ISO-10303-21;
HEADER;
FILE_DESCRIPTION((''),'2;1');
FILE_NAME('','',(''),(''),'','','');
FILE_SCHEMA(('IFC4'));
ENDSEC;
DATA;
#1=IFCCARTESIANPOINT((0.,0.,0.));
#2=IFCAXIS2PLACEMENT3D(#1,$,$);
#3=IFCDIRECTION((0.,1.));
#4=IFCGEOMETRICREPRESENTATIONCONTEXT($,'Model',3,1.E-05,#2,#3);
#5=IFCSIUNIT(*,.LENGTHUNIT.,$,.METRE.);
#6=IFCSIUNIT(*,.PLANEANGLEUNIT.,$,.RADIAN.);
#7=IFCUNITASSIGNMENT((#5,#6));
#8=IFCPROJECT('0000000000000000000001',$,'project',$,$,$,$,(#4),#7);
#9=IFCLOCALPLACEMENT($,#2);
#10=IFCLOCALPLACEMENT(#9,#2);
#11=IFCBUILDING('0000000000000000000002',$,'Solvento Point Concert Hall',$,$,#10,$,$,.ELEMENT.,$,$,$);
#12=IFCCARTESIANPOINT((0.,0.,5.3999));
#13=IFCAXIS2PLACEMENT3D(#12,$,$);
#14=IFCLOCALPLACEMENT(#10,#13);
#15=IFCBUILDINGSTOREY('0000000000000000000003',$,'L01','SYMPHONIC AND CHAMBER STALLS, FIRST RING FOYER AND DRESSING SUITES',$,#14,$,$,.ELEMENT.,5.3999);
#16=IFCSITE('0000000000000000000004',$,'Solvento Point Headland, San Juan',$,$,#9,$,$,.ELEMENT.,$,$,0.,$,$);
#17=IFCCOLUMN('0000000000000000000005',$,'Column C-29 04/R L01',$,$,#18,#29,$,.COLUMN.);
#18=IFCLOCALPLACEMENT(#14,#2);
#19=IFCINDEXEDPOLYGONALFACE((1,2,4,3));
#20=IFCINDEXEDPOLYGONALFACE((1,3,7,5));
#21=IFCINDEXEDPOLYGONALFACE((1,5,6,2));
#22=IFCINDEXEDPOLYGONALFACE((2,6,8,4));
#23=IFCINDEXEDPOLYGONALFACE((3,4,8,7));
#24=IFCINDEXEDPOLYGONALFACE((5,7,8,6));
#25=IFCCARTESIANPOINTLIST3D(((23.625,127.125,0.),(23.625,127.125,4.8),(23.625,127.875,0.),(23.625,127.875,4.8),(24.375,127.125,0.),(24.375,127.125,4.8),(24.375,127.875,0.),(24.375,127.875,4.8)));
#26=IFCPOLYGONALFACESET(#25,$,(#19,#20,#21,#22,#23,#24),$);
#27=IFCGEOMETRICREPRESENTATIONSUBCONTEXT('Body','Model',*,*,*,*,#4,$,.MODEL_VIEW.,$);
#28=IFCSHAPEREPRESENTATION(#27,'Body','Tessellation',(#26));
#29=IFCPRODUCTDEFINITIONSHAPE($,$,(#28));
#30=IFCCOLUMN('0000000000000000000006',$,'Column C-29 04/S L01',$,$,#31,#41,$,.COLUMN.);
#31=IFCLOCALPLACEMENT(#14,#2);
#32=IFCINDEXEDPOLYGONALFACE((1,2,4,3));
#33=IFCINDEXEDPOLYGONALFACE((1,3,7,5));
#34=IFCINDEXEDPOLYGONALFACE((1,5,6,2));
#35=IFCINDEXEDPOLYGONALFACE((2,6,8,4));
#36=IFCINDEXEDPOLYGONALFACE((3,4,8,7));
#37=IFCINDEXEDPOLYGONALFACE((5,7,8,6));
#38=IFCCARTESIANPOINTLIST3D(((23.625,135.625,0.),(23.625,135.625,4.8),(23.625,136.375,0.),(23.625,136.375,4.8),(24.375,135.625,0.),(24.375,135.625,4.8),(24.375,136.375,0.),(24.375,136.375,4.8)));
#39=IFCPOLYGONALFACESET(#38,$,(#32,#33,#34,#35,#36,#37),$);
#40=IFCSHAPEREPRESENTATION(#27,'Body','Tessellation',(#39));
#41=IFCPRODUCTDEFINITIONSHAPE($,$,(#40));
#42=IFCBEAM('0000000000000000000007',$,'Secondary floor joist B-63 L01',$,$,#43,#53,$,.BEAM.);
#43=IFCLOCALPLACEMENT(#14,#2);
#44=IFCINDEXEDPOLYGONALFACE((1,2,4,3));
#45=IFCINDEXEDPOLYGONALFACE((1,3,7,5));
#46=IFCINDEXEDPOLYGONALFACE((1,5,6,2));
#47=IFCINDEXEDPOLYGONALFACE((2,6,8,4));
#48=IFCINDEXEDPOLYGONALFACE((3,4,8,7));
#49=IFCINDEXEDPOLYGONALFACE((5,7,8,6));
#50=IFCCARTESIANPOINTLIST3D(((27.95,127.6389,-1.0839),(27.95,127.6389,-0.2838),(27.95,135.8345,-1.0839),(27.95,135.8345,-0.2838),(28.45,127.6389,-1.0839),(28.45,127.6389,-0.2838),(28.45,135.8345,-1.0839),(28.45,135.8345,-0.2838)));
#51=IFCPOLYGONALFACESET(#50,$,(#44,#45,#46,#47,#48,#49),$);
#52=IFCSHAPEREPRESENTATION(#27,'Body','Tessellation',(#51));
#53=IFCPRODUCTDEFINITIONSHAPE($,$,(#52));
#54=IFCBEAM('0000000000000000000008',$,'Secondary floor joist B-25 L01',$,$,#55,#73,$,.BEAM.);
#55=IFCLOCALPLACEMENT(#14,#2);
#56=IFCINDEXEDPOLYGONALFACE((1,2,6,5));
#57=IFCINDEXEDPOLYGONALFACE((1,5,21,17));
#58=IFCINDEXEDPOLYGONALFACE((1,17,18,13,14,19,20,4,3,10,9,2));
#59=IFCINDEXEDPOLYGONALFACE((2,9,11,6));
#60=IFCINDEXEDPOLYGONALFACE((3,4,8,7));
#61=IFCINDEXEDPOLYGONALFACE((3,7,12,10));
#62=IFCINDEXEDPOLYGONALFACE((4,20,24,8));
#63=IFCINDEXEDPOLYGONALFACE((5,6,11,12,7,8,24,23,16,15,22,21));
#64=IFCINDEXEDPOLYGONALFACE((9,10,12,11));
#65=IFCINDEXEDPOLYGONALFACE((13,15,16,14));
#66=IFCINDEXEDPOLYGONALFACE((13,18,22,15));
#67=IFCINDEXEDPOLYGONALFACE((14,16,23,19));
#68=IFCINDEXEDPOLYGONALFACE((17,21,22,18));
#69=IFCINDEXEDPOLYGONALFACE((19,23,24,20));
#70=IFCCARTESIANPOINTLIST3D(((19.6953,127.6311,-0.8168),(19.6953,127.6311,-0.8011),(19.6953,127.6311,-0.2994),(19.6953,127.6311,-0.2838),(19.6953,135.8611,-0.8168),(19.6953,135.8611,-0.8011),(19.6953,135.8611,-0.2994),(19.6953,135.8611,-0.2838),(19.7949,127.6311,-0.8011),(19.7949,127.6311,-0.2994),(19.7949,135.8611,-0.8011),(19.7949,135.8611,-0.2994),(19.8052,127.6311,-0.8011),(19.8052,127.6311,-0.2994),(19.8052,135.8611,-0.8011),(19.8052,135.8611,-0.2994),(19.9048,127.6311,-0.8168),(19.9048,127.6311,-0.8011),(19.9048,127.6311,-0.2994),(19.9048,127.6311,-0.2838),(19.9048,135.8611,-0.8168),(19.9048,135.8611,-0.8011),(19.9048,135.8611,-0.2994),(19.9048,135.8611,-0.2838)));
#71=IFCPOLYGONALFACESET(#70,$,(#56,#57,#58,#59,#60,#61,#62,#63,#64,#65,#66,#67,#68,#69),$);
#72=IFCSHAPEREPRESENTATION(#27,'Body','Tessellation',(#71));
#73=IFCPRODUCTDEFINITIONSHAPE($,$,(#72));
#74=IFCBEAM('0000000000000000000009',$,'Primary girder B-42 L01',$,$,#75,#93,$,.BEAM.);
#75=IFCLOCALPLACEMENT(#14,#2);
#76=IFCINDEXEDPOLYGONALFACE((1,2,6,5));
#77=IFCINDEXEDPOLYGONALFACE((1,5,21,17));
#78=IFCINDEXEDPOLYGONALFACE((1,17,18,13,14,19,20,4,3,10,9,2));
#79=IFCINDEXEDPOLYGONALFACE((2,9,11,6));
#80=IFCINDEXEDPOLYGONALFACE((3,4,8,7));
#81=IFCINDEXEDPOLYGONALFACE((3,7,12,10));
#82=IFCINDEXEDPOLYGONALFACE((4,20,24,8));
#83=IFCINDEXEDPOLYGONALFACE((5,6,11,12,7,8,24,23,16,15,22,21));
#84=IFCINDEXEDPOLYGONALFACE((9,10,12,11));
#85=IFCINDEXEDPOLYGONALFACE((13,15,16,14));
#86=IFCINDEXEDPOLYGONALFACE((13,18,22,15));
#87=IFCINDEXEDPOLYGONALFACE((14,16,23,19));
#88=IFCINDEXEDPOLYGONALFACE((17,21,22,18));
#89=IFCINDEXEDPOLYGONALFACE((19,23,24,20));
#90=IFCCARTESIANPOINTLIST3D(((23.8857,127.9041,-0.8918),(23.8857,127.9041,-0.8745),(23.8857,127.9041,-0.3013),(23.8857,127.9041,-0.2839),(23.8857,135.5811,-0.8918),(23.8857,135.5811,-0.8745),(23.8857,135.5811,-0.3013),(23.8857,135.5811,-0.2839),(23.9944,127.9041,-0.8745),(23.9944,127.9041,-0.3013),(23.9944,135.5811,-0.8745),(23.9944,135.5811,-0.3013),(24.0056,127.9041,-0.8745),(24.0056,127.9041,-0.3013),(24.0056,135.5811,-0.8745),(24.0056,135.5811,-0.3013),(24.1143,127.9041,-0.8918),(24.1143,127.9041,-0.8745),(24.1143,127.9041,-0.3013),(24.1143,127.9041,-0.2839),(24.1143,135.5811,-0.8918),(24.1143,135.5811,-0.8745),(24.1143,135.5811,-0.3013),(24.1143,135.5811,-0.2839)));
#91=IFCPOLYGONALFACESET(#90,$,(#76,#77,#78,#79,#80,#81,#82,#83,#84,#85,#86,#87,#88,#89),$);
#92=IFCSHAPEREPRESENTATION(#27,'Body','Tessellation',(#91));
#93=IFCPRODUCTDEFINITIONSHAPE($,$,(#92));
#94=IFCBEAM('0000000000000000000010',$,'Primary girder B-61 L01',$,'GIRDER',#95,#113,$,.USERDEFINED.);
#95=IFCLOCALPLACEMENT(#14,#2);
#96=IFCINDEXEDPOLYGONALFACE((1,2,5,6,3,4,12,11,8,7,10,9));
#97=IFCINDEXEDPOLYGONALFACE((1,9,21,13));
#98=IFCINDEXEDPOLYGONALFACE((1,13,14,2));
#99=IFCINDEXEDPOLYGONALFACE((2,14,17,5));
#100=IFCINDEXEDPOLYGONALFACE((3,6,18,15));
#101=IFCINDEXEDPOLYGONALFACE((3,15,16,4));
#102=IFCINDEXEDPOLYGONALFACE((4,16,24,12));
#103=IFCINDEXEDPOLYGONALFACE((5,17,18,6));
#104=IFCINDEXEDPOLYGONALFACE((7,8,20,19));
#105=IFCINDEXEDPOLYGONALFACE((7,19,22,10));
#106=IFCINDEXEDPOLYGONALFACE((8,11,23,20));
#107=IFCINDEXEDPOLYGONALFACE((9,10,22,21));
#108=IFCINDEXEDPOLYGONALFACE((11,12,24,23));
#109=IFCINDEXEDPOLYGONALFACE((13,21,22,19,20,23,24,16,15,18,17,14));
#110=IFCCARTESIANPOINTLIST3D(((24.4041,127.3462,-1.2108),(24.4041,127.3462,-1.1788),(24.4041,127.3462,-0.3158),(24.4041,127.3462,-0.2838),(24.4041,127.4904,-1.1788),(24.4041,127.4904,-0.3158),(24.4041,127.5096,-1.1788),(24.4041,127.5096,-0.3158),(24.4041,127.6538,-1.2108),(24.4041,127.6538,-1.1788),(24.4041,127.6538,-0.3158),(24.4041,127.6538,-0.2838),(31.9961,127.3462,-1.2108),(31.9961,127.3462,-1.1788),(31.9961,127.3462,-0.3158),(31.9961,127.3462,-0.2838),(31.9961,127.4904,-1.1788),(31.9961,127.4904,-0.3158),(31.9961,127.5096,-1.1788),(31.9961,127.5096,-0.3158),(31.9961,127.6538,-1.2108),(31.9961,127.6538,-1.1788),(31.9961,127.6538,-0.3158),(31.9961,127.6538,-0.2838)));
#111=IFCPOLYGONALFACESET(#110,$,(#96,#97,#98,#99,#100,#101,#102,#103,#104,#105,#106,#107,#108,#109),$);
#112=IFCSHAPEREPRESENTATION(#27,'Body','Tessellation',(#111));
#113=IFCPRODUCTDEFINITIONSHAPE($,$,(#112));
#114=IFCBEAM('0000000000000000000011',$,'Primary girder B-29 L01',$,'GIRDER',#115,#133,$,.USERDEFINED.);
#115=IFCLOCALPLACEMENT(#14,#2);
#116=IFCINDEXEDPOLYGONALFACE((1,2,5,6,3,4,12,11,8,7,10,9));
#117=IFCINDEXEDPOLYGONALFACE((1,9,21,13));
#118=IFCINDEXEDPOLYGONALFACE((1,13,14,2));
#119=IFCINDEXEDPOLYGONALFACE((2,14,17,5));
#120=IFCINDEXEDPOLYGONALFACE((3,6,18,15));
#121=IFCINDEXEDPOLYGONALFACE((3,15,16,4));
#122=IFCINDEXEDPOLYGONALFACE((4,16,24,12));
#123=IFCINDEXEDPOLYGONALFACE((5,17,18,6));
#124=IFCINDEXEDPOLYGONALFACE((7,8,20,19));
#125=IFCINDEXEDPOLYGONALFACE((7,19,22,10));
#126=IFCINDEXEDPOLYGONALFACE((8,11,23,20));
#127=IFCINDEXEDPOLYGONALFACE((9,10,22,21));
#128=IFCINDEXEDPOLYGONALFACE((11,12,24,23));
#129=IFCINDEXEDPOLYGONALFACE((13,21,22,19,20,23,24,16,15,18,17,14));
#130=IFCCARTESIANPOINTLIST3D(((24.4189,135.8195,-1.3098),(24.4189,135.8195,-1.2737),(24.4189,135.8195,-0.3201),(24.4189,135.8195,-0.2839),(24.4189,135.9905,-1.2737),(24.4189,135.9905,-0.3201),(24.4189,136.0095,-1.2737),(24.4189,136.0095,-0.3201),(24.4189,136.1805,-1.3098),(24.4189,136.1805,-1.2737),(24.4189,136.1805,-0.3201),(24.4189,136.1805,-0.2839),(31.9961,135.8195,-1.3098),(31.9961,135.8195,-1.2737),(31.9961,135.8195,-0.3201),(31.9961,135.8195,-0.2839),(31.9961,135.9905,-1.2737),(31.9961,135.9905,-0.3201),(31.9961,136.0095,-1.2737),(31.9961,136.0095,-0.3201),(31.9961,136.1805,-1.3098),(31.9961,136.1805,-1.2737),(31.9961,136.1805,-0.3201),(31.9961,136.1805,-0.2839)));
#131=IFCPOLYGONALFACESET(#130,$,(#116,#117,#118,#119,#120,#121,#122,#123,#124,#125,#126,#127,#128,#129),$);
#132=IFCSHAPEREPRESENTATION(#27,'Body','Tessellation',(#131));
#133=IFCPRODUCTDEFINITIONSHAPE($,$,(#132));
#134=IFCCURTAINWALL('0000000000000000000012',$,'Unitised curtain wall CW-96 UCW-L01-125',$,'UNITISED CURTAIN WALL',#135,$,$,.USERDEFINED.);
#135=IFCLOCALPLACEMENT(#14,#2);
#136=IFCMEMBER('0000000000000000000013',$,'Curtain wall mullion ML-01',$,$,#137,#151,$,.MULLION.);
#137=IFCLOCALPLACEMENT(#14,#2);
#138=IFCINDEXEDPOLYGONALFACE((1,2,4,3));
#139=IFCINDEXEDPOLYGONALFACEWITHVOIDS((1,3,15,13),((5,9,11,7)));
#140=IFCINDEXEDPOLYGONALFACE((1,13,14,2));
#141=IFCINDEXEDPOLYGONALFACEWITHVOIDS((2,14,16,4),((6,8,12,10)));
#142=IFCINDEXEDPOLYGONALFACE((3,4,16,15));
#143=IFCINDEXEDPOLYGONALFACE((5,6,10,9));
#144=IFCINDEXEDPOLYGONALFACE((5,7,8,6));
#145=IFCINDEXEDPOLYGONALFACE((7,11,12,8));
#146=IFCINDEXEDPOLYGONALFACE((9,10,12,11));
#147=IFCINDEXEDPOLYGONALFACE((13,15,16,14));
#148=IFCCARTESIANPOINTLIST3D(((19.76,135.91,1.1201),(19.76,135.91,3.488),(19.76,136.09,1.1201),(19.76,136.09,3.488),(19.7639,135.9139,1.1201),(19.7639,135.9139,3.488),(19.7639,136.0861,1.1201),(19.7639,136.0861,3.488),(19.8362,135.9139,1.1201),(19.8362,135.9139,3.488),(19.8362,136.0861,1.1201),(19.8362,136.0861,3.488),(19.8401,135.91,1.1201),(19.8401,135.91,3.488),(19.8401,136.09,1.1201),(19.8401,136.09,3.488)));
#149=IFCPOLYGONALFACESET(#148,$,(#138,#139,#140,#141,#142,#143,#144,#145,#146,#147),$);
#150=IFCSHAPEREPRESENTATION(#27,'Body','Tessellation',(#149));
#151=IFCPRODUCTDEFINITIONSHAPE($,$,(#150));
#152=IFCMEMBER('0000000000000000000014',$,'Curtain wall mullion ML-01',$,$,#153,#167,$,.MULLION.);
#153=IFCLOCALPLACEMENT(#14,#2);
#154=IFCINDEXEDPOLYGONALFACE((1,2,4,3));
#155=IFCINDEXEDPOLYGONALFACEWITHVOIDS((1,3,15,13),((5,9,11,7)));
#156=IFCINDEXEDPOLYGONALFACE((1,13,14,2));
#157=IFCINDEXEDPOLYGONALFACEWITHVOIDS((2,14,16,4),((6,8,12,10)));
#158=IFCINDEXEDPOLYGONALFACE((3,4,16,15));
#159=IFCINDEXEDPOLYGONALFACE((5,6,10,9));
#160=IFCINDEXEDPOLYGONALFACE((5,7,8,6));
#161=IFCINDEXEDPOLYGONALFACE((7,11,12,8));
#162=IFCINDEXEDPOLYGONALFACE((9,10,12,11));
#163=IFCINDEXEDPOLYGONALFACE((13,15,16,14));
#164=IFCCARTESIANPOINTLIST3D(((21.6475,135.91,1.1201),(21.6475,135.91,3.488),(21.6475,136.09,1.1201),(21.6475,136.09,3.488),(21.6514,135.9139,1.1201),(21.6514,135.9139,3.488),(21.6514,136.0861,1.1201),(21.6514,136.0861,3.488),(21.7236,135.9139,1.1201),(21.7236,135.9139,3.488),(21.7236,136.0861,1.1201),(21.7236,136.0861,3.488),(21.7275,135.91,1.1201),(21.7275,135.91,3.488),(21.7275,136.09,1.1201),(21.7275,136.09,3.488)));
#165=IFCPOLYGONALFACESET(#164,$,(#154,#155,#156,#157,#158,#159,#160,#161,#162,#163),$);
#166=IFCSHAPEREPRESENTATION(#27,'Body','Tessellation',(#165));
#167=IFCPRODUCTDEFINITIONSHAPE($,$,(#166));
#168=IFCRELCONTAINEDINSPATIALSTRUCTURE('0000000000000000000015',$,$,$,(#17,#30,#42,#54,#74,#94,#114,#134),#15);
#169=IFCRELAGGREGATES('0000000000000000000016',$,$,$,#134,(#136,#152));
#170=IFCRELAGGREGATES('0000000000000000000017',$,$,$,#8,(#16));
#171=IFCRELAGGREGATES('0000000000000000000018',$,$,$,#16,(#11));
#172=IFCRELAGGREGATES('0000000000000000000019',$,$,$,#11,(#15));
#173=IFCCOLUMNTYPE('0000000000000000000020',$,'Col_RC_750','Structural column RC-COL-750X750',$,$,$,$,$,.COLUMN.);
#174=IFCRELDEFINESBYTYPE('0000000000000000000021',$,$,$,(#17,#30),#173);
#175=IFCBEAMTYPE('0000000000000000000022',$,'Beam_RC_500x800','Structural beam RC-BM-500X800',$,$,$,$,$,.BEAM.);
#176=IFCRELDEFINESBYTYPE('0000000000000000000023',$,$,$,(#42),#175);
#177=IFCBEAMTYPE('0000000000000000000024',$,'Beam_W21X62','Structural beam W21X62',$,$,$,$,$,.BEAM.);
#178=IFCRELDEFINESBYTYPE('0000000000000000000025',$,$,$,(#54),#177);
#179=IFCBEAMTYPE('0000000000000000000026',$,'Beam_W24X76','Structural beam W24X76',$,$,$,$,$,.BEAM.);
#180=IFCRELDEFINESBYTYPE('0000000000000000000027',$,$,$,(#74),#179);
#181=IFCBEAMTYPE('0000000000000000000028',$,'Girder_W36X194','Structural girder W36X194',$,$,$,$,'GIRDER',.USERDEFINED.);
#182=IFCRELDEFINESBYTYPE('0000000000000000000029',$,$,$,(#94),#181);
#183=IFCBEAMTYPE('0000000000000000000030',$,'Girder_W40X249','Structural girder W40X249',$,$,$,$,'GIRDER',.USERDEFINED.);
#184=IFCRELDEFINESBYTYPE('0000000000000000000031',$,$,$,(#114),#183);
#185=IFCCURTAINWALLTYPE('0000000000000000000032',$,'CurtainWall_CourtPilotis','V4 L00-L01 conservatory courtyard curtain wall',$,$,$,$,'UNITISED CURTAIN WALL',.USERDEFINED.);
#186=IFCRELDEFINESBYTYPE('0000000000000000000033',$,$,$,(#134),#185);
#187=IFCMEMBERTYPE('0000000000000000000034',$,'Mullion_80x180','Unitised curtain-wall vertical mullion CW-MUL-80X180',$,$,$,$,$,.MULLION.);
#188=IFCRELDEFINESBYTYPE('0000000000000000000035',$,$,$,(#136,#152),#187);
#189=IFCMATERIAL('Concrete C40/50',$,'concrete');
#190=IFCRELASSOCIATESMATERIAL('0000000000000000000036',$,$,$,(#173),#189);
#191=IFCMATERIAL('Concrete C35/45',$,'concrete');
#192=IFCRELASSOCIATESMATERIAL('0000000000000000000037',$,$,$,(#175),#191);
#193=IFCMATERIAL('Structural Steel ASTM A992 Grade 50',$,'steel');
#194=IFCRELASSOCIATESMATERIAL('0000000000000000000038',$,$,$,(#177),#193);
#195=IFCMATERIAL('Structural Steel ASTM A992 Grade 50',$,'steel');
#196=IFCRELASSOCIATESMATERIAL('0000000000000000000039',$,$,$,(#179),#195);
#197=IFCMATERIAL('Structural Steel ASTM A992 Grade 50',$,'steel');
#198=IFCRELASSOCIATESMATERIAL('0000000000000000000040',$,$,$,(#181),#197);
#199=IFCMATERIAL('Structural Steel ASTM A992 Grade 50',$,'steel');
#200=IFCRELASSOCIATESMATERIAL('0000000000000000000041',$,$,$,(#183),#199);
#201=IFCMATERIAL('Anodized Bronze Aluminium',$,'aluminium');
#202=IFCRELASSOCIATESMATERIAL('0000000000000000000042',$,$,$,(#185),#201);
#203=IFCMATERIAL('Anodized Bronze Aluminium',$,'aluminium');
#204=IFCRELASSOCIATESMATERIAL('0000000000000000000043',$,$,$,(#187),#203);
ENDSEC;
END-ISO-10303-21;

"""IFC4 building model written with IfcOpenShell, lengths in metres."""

from ifc_helpers import new_model, si_unit, direction, frame, origin, origin_2d, place, context, subcontext, project, spatial, rectangle, hollow_rectangle, i_section, extrude, material, material_profile, profile_set, type_object, element, aggregate, save


model = new_model("IFC4")

# Units and contexts
model_context = context("Model", 3, precision=1e-05, world=origin(), true_north=direction((0.0, 1.0)))
body_context = subcontext(model_context, "Body", "Model", "MODEL_VIEW")
ifc_project = project(units=[si_unit("LENGTHUNIT", "METRE"), si_unit("PLANEANGLEUNIT", "RADIAN")], contexts=[model_context])

# Site, building, storey
site_placement = place(None, origin())
site = spatial("IfcSite", under=ifc_project, at=site_placement, Name="Solvento Point Headland, San Juan", CompositionType="ELEMENT", RefElevation=0.0)
building_placement = place(site_placement, origin())
building = spatial("IfcBuilding", under=site, at=building_placement, Name="Solvento Point Concert Hall", CompositionType="ELEMENT")
storey_placement = place(building_placement, frame((0.0, 0.0, 5.3999)))
storey = spatial("IfcBuildingStorey", under=building, at=storey_placement, Name="L01", Description="SYMPHONIC AND CHAMBER STALLS, FIRST RING FOYER AND DRESSING SUITES", CompositionType="ELEMENT", Elevation=5.3999)

# Columns
ifc_material_1 = material(Name="Concrete C40/50", Category="concrete")
ifc_material_profile_1 = material_profile(ifc_material_1, rectangle(XDim=0.75, YDim=0.75, at=origin_2d()), Name="RC-COL-750X750")
ifc_profile_set_1 = profile_set([ifc_material_profile_1], Name="Concrete C40/50")
column_type = type_object("IfcColumnType", Name="Col_RC_750", Description="Structural column RC-COL-750X750", PredefinedType="COLUMN", material=ifc_profile_set_1)
for number, where, z_axis, x_axis, name in (
    (1, (24.0, 127.5, 0.0), (0.0, 0.0, 1.0), (1.0, 0.0, 0.0), "Column C-29 04/R L01"),
    (2, (24.0, 136.0, 0.0), (0.0, 0.0, 1.0), (1.0, 0.0, 0.0), "Column C-29 04/S L01"),
):
    element("IfcColumn", number, at=place(storey_placement, frame(where, z_axis=z_axis, x_axis=x_axis)), inside=storey, type_object=column_type, Name=name, PredefinedType="COLUMN", context=body_context, shape_type="SweptSolid", body=[
        extrude(rectangle(XDim=0.75, YDim=0.75, at=origin_2d()), origin(), (0.0, 0.0, 1.0), 4.8),
    ])

# Beams
ifc_material_2 = material(Name="Concrete C35/45", Category="concrete")
ifc_material_profile_2 = material_profile(ifc_material_2, rectangle(XDim=0.5, YDim=0.8, at=origin_2d()), Name="RC-BM-500X800")
ifc_profile_set_2 = profile_set([ifc_material_profile_2], Name="Concrete C35/45")
beam_type_1 = type_object("IfcBeamType", Name="Beam_RC_500x800", Description="Structural beam RC-BM-500X800", PredefinedType="BEAM", material=ifc_profile_set_2)
beam_1_placement = place(storey_placement, frame((28.2, 127.6389, -0.6838), z_axis=(0.0, 1.0, 0.0), x_axis=(-1.0, 0.0, 0.0)))
element("IfcBeam", 3, at=beam_1_placement, inside=storey, type_object=beam_type_1, Name="Secondary floor joist B-63 L01", PredefinedType="BEAM", context=body_context, shape_type="SweptSolid", body=[
    extrude(rectangle(XDim=0.5, YDim=0.8, at=origin_2d()), origin(), (0.0, 0.0, 1.0), 8.1956),
])
ifc_material_3 = material(Name="Structural Steel ASTM A992 Grade 50", Category="steel")
ifc_material_profile_3 = material_profile(ifc_material_3, i_section(OverallWidth=0.2095, OverallDepth=0.533, WebThickness=0.0103, FlangeThickness=0.0156, at=origin_2d()), Name="W21X62")
ifc_profile_set_3 = profile_set([ifc_material_profile_3], Name="Structural Steel ASTM A992 Grade 50")
beam_type_2 = type_object("IfcBeamType", Name="Beam_W21X62", Description="Structural beam W21X62", PredefinedType="BEAM", material=ifc_profile_set_3)
beam_2_placement = place(storey_placement, frame((19.8, 127.6311, -0.5503), z_axis=(0.0, 1.0, 0.0), x_axis=(-1.0, 0.0, 0.0)))
element("IfcBeam", 4, at=beam_2_placement, inside=storey, type_object=beam_type_2, Name="Secondary floor joist B-25 L01", PredefinedType="BEAM", context=body_context, shape_type="SweptSolid", body=[
    extrude(i_section(OverallWidth=0.2095, OverallDepth=0.533, WebThickness=0.0103, FlangeThickness=0.0156, at=origin_2d()), origin(), (0.0, 0.0, 1.0), 8.23),
])
ifc_material_4 = material(Name="Structural Steel ASTM A992 Grade 50", Category="steel")
ifc_material_profile_4 = material_profile(ifc_material_4, i_section(OverallWidth=0.2285, OverallDepth=0.6079, WebThickness=0.0112, FlangeThickness=0.0173, at=origin_2d()), Name="W24X76")
ifc_profile_set_4 = profile_set([ifc_material_profile_4], Name="Structural Steel ASTM A992 Grade 50")
beam_type_3 = type_object("IfcBeamType", Name="Beam_W24X76", Description="Structural beam W24X76", PredefinedType="BEAM", material=ifc_profile_set_4)
beam_3_placement = place(storey_placement, frame((24.0, 127.9041, -0.5879), z_axis=(0.0, 1.0, 0.0), x_axis=(-1.0, 0.0, 0.0)))
element("IfcBeam", 5, at=beam_3_placement, inside=storey, type_object=beam_type_3, Name="Primary girder B-42 L01", PredefinedType="BEAM", context=body_context, shape_type="SweptSolid", body=[
    extrude(i_section(OverallWidth=0.2285, OverallDepth=0.6079, WebThickness=0.0112, FlangeThickness=0.0173, at=origin_2d()), origin(), (0.0, 0.0, 1.0), 7.677),
])
ifc_material_5 = material(Name="Structural Steel ASTM A992 Grade 50", Category="steel")
ifc_material_profile_5 = material_profile(ifc_material_5, i_section(OverallWidth=0.3076, OverallDepth=0.927, WebThickness=0.0193, FlangeThickness=0.032, at=origin_2d()), Name="W36X194")
ifc_profile_set_5 = profile_set([ifc_material_profile_5], Name="Structural Steel ASTM A992 Grade 50")
beam_type_4 = type_object("IfcBeamType", Name="Girder_W36X194", Description="Structural girder W36X194", ElementType="GIRDER", PredefinedType="USERDEFINED", material=ifc_profile_set_5)
beam_4_placement = place(storey_placement, frame((24.4041, 127.5, -0.7473), z_axis=(1.0, 0.0, 0.0), x_axis=(0.0, 1.0, 0.0)))
element("IfcBeam", 6, at=beam_4_placement, inside=storey, type_object=beam_type_4, Name="Primary girder B-61 L01", ObjectType="GIRDER", PredefinedType="USERDEFINED", context=body_context, shape_type="SweptSolid", body=[
    extrude(i_section(OverallWidth=0.3076, OverallDepth=0.927, WebThickness=0.0193, FlangeThickness=0.032, at=origin_2d()), origin(), (0.0, 0.0, 1.0), 7.592),
])
ifc_material_6 = material(Name="Structural Steel ASTM A992 Grade 50", Category="steel")
ifc_material_profile_6 = material_profile(ifc_material_6, i_section(OverallWidth=0.3611, OverallDepth=1.0259, WebThickness=0.019, FlangeThickness=0.0361, at=origin_2d()), Name="W40X249")
ifc_profile_set_6 = profile_set([ifc_material_profile_6], Name="Structural Steel ASTM A992 Grade 50")
beam_type_5 = type_object("IfcBeamType", Name="Girder_W40X249", Description="Structural girder W40X249", ElementType="GIRDER", PredefinedType="USERDEFINED", material=ifc_profile_set_6)
beam_5_placement = place(storey_placement, frame((24.4189, 136.0, -0.7969), z_axis=(1.0, 0.0, 0.0), x_axis=(0.0, 1.0, 0.0)))
element("IfcBeam", 7, at=beam_5_placement, inside=storey, type_object=beam_type_5, Name="Primary girder B-29 L01", ObjectType="GIRDER", PredefinedType="USERDEFINED", context=body_context, shape_type="SweptSolid", body=[
    extrude(i_section(OverallWidth=0.3611, OverallDepth=1.0259, WebThickness=0.019, FlangeThickness=0.0361, at=origin_2d()), origin(), (0.0, 0.0, 1.0), 7.5771),
])

# Curtain wall, members
ifc_material_7 = material(Name="Anodized Bronze Aluminium", Category="aluminium")
curtain_wall_type = type_object("IfcCurtainWallType", Name="CurtainWall_CourtPilotis", Description="V4 L00-L01 conservatory courtyard curtain wall", ElementType="UNITISED CURTAIN WALL", PredefinedType="USERDEFINED", material=ifc_material_7)
curtain_wall_1_placement = place(storey_placement, origin())
curtain_wall_1 = element("IfcCurtainWall", 8, at=curtain_wall_1_placement, inside=storey, type_object=curtain_wall_type, Name="Unitised curtain wall CW-96 UCW-L01-125", ObjectType="UNITISED CURTAIN WALL", PredefinedType="USERDEFINED")
ifc_material_8 = material(Name="Anodized Bronze Aluminium", Category="aluminium")
ifc_material_profile_7 = material_profile(ifc_material_8, hollow_rectangle(XDim=0.0801, YDim=0.1799, WallThickness=0.0039, at=origin_2d()), Name="CW-MUL-80X180")
ifc_profile_set_7 = profile_set([ifc_material_profile_7], Name="Anodized Bronze Aluminium")
member_type_1 = type_object("IfcMemberType", Name="Mullion_80x180", Description="Unitised curtain-wall vertical mullion CW-MUL-80X180", PredefinedType="MULLION", material=ifc_profile_set_7)
member_1_placement = place(storey_placement, frame((19.8, 136.0, 1.1201), z_axis=(0.0, 0.0, 1.0), x_axis=(1.0, 0.0, 0.0)))
member_1 = element("IfcMember", 9, at=member_1_placement, type_object=member_type_1, Name="Curtain wall mullion ML-01", PredefinedType="MULLION", context=body_context, shape_type="SweptSolid", body=[
    extrude(hollow_rectangle(XDim=0.0801, YDim=0.1799, WallThickness=0.0039, at=origin_2d()), origin(), (0.0, 0.0, 1.0), 2.3679),
])
member_2_placement = place(storey_placement, frame((21.6875, 136.0, 1.1201), z_axis=(0.0, 0.0, 1.0), x_axis=(1.0, 0.0, 0.0)))
member_2 = element("IfcMember", 10, at=member_2_placement, type_object=member_type_1, Name="Curtain wall mullion ML-01", PredefinedType="MULLION", context=body_context, shape_type="SweptSolid", body=[
    extrude(hollow_rectangle(XDim=0.0801, YDim=0.1799, WallThickness=0.0039, at=origin_2d()), origin(), (0.0, 0.0, 1.0), 2.3679),
])

aggregate(curtain_wall_1, [member_1, member_2])

save(model, "model.ifc")
